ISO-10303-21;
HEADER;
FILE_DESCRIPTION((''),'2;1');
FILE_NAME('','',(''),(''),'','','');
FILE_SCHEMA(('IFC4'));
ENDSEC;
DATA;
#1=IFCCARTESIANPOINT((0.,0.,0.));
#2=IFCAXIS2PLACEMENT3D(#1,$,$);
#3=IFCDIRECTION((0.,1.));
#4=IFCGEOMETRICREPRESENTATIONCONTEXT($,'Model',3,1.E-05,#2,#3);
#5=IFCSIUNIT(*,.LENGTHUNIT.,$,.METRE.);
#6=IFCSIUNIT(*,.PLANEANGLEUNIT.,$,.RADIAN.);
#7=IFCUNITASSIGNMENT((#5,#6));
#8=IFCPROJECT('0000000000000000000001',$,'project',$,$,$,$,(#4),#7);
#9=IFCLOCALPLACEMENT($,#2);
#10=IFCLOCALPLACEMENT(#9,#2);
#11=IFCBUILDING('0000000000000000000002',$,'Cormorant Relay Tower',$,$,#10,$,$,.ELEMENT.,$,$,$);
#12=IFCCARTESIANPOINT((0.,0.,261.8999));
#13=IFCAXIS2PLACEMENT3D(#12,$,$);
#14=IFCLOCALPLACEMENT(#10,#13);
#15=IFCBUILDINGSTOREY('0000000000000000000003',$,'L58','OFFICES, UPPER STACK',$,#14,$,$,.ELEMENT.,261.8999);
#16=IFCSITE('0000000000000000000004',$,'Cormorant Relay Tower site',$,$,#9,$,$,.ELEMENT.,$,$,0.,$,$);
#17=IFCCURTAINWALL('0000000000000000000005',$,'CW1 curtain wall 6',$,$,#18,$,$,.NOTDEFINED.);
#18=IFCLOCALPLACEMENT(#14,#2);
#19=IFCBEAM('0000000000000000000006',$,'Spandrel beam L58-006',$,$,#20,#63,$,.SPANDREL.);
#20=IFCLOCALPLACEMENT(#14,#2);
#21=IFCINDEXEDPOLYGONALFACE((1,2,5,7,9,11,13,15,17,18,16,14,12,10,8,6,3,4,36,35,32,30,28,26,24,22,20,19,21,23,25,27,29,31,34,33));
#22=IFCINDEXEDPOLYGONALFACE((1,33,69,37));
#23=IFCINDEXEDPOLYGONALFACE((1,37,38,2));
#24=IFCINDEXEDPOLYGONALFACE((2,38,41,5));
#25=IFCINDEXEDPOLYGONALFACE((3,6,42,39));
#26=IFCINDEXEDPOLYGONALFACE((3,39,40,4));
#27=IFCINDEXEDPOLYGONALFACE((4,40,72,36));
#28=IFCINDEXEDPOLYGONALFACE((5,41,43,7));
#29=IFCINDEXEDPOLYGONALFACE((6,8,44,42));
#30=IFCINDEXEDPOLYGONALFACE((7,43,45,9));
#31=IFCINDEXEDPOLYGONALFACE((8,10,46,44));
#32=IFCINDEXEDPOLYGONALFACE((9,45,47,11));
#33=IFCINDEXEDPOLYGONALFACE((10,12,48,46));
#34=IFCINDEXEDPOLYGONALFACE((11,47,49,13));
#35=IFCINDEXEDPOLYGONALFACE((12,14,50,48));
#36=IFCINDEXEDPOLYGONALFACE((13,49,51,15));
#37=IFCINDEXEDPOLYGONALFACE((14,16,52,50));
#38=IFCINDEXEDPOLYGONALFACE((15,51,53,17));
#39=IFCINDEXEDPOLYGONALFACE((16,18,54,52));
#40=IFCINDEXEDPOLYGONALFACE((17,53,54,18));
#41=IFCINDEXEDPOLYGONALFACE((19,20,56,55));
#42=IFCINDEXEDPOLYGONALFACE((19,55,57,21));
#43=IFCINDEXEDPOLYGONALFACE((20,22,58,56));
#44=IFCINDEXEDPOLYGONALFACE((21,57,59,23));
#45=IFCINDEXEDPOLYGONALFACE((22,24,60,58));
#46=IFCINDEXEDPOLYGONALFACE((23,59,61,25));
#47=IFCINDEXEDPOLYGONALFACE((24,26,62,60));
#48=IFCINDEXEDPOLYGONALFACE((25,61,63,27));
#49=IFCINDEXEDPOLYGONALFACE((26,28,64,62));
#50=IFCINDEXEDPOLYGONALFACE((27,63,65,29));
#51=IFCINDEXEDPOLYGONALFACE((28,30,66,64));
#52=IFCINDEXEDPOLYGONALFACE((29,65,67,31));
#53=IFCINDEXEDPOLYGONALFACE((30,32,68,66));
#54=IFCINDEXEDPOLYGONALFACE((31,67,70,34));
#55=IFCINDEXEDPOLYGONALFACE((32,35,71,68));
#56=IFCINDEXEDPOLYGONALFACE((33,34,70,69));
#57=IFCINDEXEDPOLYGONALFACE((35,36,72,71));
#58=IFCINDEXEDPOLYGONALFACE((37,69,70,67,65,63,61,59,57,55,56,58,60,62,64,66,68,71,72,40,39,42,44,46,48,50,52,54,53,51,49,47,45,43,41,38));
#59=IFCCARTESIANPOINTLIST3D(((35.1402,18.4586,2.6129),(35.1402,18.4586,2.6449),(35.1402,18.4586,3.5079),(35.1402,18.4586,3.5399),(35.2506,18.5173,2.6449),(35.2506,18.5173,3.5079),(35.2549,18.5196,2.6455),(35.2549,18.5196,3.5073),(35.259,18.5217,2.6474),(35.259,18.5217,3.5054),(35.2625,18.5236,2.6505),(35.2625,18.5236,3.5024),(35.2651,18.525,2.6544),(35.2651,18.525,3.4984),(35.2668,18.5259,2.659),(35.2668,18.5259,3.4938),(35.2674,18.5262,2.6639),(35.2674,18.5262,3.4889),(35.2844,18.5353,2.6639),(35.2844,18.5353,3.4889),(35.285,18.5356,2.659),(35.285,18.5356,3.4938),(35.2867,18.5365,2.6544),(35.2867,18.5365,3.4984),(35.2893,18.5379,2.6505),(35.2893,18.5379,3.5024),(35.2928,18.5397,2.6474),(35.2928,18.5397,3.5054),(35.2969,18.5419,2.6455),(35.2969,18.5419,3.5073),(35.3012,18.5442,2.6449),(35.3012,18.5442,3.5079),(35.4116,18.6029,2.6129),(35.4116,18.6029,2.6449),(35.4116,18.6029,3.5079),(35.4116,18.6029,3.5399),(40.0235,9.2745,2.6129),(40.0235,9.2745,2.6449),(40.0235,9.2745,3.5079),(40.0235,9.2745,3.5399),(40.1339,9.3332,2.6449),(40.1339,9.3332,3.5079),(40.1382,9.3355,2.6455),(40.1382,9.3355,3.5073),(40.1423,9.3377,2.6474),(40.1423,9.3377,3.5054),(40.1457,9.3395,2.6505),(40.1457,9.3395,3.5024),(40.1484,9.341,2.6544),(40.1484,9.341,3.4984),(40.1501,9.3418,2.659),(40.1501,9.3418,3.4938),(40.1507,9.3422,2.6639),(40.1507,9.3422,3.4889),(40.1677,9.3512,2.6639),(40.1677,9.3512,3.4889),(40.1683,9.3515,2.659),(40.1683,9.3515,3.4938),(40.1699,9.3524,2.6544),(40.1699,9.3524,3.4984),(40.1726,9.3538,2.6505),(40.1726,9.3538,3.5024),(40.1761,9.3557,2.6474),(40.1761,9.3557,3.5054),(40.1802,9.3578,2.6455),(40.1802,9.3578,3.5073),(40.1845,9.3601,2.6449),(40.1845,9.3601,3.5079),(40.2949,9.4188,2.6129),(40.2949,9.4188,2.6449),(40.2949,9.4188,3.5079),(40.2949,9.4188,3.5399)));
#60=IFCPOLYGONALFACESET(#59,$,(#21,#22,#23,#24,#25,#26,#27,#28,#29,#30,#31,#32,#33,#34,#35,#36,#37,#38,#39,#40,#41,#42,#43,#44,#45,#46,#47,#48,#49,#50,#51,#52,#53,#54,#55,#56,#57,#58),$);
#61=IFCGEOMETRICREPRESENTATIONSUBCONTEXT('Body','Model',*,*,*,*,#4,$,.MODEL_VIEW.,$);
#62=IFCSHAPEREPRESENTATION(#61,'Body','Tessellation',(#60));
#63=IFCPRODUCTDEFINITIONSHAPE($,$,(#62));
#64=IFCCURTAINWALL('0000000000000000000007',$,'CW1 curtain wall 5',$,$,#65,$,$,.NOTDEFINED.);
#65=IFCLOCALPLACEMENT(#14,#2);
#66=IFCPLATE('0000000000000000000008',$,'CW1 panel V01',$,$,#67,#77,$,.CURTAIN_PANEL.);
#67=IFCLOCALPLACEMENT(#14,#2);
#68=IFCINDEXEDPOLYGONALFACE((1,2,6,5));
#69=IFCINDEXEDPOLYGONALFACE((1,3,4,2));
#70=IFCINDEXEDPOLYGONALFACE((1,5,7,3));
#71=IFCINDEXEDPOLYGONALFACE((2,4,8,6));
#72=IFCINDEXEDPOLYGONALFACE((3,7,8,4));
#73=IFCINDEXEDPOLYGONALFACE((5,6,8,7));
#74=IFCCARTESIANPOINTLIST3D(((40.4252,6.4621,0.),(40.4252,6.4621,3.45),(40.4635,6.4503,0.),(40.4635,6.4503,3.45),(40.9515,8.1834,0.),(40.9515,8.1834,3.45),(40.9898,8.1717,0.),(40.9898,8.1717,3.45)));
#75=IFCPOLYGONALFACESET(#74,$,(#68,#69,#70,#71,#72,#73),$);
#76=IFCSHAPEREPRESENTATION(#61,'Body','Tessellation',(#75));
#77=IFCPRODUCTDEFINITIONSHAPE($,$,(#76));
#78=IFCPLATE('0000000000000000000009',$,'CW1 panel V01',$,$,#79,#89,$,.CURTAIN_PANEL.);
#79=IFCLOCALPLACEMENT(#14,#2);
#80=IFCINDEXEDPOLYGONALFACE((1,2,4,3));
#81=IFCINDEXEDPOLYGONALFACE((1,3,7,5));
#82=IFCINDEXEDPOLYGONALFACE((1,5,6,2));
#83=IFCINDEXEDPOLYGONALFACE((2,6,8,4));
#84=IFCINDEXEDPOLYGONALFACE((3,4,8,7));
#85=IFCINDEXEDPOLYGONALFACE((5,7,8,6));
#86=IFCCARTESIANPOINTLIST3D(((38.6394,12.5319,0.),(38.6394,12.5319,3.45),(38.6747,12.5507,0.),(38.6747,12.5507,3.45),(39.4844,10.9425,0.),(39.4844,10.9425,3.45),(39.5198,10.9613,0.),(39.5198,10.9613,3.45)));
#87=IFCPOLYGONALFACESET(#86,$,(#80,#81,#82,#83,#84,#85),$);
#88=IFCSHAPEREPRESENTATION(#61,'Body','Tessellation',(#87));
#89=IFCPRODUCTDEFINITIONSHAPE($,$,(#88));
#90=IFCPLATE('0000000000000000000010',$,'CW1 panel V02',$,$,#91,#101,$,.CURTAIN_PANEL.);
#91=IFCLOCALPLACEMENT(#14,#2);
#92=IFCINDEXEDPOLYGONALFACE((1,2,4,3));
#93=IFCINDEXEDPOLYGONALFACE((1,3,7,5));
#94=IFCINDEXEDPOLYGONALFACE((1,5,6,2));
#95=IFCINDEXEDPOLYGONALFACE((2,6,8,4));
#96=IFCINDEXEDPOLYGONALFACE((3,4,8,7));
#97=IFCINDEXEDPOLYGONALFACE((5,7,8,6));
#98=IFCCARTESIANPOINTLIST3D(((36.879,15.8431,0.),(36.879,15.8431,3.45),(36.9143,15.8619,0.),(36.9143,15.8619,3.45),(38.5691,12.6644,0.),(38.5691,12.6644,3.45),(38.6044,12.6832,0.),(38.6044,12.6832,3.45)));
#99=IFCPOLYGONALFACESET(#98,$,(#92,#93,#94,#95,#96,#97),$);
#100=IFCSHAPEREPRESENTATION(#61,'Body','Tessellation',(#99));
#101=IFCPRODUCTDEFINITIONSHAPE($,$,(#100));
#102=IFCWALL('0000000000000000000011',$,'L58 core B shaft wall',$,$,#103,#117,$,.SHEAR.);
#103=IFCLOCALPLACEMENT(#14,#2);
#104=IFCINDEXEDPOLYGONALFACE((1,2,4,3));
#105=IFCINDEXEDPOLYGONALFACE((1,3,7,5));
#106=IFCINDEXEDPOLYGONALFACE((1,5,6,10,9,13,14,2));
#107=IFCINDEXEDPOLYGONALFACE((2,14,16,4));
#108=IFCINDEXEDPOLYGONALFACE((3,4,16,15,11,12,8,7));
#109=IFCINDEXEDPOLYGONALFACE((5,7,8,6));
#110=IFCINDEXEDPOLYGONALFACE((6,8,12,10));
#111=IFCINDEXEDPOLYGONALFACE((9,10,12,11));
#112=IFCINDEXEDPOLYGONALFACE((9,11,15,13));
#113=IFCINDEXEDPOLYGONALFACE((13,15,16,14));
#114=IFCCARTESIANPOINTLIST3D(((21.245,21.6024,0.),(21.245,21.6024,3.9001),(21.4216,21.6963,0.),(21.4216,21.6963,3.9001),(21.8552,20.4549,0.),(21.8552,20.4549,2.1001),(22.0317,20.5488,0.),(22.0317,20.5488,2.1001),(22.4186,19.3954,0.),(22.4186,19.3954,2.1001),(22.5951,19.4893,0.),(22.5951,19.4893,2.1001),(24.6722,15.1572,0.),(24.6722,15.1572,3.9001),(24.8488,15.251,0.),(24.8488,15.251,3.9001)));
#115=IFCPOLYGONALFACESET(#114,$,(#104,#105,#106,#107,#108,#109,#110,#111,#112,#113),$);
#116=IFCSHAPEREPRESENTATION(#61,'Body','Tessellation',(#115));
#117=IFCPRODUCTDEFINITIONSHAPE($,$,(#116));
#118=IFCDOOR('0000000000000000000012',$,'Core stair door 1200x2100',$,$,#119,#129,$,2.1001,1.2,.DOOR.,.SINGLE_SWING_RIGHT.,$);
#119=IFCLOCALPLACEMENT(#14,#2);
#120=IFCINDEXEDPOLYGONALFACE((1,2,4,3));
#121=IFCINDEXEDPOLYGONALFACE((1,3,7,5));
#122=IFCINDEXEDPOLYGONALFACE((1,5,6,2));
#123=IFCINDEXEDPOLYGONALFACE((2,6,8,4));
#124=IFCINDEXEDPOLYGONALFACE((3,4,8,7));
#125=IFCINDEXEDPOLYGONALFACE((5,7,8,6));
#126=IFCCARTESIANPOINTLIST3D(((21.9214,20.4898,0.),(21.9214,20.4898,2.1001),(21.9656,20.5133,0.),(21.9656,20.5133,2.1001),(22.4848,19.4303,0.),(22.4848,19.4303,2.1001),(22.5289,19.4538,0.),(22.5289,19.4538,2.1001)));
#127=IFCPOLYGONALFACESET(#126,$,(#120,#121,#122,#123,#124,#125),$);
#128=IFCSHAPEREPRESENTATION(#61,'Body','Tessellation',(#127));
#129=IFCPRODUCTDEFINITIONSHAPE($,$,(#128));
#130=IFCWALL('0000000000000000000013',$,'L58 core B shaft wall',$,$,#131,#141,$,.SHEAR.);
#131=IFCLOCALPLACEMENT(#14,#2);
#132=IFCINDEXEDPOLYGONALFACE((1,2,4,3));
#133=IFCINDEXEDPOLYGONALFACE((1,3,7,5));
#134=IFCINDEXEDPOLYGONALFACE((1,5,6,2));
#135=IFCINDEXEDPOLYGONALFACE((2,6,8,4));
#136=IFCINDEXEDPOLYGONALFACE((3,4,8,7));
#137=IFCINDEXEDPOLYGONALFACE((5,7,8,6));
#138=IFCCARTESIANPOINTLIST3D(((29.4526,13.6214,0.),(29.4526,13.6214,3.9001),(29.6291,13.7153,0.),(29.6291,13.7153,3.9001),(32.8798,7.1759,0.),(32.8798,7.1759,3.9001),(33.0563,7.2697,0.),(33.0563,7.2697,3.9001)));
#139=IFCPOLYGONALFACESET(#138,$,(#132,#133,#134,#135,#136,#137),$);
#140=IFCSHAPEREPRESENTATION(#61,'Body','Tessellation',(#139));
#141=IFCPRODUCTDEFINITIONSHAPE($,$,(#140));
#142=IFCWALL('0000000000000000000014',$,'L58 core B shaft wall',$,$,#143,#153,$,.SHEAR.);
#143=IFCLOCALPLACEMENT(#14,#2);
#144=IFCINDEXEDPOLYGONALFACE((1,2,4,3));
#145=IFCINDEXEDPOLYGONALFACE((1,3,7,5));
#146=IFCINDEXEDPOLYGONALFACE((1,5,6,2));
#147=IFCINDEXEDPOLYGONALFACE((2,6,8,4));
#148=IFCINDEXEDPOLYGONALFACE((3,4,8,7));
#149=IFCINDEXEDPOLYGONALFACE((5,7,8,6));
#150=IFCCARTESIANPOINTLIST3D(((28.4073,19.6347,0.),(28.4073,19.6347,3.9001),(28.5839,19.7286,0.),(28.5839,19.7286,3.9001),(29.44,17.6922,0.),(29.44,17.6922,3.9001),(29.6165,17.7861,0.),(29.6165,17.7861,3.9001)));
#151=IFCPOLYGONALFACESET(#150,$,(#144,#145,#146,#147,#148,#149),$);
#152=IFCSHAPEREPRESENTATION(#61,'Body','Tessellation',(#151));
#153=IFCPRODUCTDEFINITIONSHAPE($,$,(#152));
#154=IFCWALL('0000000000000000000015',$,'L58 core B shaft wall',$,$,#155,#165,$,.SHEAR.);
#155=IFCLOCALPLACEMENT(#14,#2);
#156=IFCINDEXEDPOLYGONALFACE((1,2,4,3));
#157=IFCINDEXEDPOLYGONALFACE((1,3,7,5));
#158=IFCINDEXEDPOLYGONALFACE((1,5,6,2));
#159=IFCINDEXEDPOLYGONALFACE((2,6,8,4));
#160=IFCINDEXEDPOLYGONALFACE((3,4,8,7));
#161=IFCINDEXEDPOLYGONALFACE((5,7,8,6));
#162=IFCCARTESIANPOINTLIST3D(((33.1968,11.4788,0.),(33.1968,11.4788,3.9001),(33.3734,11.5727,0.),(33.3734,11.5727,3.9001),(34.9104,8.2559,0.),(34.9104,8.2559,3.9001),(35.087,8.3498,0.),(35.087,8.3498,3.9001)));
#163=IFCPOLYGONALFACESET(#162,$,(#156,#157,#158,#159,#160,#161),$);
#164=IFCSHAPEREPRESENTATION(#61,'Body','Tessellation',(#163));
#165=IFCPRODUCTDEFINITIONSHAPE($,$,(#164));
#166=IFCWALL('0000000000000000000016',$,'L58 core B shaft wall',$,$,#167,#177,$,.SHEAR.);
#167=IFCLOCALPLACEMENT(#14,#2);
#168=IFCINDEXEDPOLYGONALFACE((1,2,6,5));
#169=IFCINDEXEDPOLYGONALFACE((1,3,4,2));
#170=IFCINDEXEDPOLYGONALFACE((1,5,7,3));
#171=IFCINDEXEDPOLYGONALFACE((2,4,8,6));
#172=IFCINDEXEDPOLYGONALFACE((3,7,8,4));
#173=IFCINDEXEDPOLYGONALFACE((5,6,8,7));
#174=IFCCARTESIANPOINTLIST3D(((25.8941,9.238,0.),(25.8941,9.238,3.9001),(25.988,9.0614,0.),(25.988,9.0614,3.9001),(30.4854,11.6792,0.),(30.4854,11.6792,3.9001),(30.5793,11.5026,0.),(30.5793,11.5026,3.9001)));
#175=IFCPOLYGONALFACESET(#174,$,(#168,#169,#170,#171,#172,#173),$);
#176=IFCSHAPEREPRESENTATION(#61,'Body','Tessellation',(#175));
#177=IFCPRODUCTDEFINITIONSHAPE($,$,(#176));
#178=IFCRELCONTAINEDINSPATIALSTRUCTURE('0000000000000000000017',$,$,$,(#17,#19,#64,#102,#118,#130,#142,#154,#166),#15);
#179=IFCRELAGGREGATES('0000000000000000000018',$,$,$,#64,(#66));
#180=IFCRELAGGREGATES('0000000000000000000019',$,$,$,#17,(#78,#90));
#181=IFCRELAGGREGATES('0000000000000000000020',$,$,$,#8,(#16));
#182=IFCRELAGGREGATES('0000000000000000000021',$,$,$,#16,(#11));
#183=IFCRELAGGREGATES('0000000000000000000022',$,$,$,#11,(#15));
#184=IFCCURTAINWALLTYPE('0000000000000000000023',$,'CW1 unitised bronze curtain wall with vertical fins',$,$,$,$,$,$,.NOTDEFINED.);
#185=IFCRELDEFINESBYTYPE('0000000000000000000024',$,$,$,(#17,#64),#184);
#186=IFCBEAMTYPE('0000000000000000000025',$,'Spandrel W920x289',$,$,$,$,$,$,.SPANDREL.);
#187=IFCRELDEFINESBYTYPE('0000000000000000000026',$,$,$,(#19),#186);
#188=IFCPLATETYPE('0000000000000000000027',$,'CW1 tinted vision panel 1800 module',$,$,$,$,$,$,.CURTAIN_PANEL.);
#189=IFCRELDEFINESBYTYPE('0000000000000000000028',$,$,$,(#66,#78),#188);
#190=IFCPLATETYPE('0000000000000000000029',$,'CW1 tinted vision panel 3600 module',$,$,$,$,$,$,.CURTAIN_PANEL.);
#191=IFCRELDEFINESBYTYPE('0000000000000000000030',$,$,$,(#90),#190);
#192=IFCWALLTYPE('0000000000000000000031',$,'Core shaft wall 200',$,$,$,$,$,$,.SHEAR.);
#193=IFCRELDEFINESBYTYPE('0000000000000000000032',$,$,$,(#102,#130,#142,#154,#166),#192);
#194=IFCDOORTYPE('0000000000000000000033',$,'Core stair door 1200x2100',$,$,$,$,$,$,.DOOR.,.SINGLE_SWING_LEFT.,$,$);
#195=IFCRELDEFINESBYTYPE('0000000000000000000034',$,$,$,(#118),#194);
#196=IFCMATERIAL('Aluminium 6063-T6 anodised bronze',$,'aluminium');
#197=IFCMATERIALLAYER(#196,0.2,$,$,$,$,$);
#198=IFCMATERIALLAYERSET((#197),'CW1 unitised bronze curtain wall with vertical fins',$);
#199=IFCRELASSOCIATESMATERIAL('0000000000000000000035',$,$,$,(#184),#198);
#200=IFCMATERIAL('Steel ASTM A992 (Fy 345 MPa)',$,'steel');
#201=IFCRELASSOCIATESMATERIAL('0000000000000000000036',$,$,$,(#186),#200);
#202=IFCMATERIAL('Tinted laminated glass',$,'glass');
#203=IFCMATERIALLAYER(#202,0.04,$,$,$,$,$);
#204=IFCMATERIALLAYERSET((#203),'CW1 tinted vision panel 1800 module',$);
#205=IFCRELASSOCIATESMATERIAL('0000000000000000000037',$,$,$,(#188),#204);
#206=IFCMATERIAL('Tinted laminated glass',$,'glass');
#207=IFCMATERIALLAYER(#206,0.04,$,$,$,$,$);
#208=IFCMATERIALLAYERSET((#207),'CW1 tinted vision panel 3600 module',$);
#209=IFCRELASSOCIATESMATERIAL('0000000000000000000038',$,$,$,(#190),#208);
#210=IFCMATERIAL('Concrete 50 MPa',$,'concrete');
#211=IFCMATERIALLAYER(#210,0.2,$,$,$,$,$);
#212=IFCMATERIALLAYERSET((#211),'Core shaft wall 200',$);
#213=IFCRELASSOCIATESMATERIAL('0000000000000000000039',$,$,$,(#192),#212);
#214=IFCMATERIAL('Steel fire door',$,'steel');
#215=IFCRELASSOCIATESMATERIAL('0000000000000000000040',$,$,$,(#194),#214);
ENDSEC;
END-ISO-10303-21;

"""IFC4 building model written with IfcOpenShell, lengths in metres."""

from ifc_helpers import new_model, si_unit, direction, frame, frame_2d, origin, origin_2d, place, context, subcontext, project, spatial, rectangle, i_section, extrude, material, layer, layer_set, material_profile, profile_set, type_object, element, fill, aggregate, save


model = new_model("IFC4")

# Units and contexts
model_context = context("Model", 3, precision=1e-05, world=origin(), true_north=direction((0.0, 1.0)))
body_context = subcontext(model_context, "Body", "Model", "MODEL_VIEW")
ifc_project = project(units=[si_unit("LENGTHUNIT", "METRE"), si_unit("PLANEANGLEUNIT", "RADIAN")], contexts=[model_context])

# Site, building, storey
site_placement = place(None, origin())
site = spatial("IfcSite", under=ifc_project, at=site_placement, Name="Cormorant Relay Tower site", CompositionType="ELEMENT", RefElevation=0.0)
building_placement = place(site_placement, origin())
building = spatial("IfcBuilding", under=site, at=building_placement, Name="Cormorant Relay Tower", CompositionType="ELEMENT")
storey_placement = place(building_placement, frame((0.0, 0.0, 261.8999)))
storey = spatial("IfcBuildingStorey", under=building, at=storey_placement, Name="L58", Description="OFFICES, UPPER STACK", CompositionType="ELEMENT", Elevation=261.8999)

# Curtain wall
ifc_material_1 = material(Name="Aluminium 6063-T6 anodised bronze", Category="aluminium")
ifc_layer_1 = layer(ifc_material_1, 0.2)
ifc_layer_set_1 = layer_set([ifc_layer_1], Name="CW1 unitised bronze curtain wall with vertical fins")
curtain_wall_type = type_object("IfcCurtainWallType", Name="CW1 unitised bronze curtain wall with vertical fins", PredefinedType="NOTDEFINED", material=ifc_layer_set_1)
curtain_wall_1_placement = place(storey_placement, origin())
curtain_wall_1 = element("IfcCurtainWall", 1, at=curtain_wall_1_placement, inside=storey, type_object=curtain_wall_type, Name="CW1 curtain wall 6", PredefinedType="NOTDEFINED")

# Beam
ifc_material_2 = material(Name="Steel ASTM A992 (Fy 345 MPa)", Category="steel")
ifc_material_profile_1 = material_profile(ifc_material_2, i_section(OverallWidth=0.3074, OverallDepth=0.927, WebThickness=0.0193, FlangeThickness=0.032, FilletRadius=0.019, at=origin_2d()), Name="W920x289")
ifc_profile_set_1 = profile_set([ifc_material_profile_1], Name="Steel ASTM A992 (Fy 345 MPa)")
beam_type = type_object("IfcBeamType", Name="Spandrel W920x289", PredefinedType="SPANDREL", material=ifc_profile_set_1)
beam_placement = place(storey_placement, frame((40.1592, 9.3467, 3.0764), z_axis=(-0.469474, 0.882946, 0.0), x_axis=(-0.882946, -0.469474, 0.0)))
element("IfcBeam", 2, at=beam_placement, inside=storey, type_object=beam_type, Name="Spandrel beam L58-006", PredefinedType="SPANDREL", context=body_context, shape_type="SweptSolid", body=[
    extrude(i_section(OverallWidth=0.3074, OverallDepth=0.927, WebThickness=0.0193, FlangeThickness=0.032, FilletRadius=0.019, at=origin_2d()), origin(), (0.0, 0.0, 1.0), 10.4016),
])

# Curtain wall, plate
curtain_wall_2_placement = place(storey_placement, origin())
curtain_wall_2 = element("IfcCurtainWall", 3, at=curtain_wall_2_placement, inside=storey, type_object=curtain_wall_type, Name="CW1 curtain wall 5", PredefinedType="NOTDEFINED")
ifc_material_3 = material(Name="Tinted laminated glass", Category="glass")
ifc_layer_2 = layer(ifc_material_3, 0.04)
ifc_layer_set_2 = layer_set([ifc_layer_2], Name="CW1 tinted vision panel 1800 module")
plate_type_1 = type_object("IfcPlateType", Name="CW1 tinted vision panel 1800 module", PredefinedType="CURTAIN_PANEL", material=ifc_layer_set_2)
plate_1_placement = place(storey_placement, frame((40.7075, 7.3169, 0.0), z_axis=(0.0, 0.0, 1.0), x_axis=(0.292372, 0.956305, 0.0)))
plate_1 = element("IfcPlate", 4, at=plate_1_placement, type_object=plate_type_1, Name="CW1 panel V01", PredefinedType="CURTAIN_PANEL", context=body_context, shape_type="SweptSolid", body=[
    extrude(rectangle(XDim=1.8, YDim=0.04, at=origin_2d()), origin(), (0.0, 0.0, 1.0), 3.45),
])

# Plates
plate_2_placement = place(storey_placement, frame((39.0796, 11.7466, 0.0), z_axis=(0.0, 0.0, 1.0), x_axis=(-0.469472, 0.882948, 0.0)))
plate_2 = element("IfcPlate", 5, at=plate_2_placement, type_object=plate_type_1, Name="CW1 panel V01", PredefinedType="CURTAIN_PANEL", context=body_context, shape_type="SweptSolid", body=[
    extrude(rectangle(XDim=1.8, YDim=0.04, at=origin_2d()), origin(), (0.0, 0.0, 1.0), 3.45),
])
ifc_material_4 = material(Name="Tinted laminated glass", Category="glass")
ifc_layer_3 = layer(ifc_material_4, 0.04)
ifc_layer_set_3 = layer_set([ifc_layer_3], Name="CW1 tinted vision panel 3600 module")
plate_type_2 = type_object("IfcPlateType", Name="CW1 tinted vision panel 3600 module", PredefinedType="CURTAIN_PANEL", material=ifc_layer_set_3)
plate_3_placement = place(storey_placement, frame((37.7417, 14.2632, 0.0), z_axis=(0.0, 0.0, 1.0), x_axis=(-0.469472, 0.882948, 0.0)))
plate_3 = element("IfcPlate", 6, at=plate_3_placement, type_object=plate_type_2, Name="CW1 panel V02", PredefinedType="CURTAIN_PANEL", context=body_context, shape_type="SweptSolid", body=[
    extrude(rectangle(XDim=3.6001, YDim=0.04, at=origin_2d()), origin(), (0.0, 0.0, 1.0), 3.45),
])

# Wall, opening, door
ifc_material_5 = material(Name="Concrete 50 MPa", Category="concrete")
ifc_layer_4 = layer(ifc_material_5, 0.2)
ifc_layer_set_4 = layer_set([ifc_layer_4], Name="Core shaft wall 200")
wall_type_1 = type_object("IfcWallType", Name="Core shaft wall 200", PredefinedType="SHEAR", material=ifc_layer_set_4)
wall_1_placement = place(storey_placement, frame((24.7605, 15.2041, 0.0), z_axis=(0.0, 0.0, 1.0), x_axis=(-0.469494, 0.882936, 0.0)))
wall_1 = element("IfcWall", 7, at=wall_1_placement, inside=storey, type_object=wall_type_1, Name="L58 core B shaft wall", PredefinedType="SHEAR", context=body_context, shape_type="SweptSolid", body=[
    extrude(rectangle(XDim=7.2998, YDim=0.2, at=frame_2d((3.6499, 0.0))), origin(), (0.0, 0.0, 1.0), 3.9001),
])
opening_1_placement = place(wall_1_placement, frame((4.8, 0.0, 0.0)))
opening_1 = element("IfcOpeningElement", 8, at=opening_1_placement, cuts=wall_1, PredefinedType="OPENING", context=body_context, shape_type="SweptSolid", body=[
    extrude(rectangle(XDim=1.2, YDim=2.1001, at=frame_2d((0.6001, 1.05))), frame((0.0, 0.1099, 0.0), z_axis=(0.0, -1.0, 0.0), x_axis=(1.0, 0.0, 0.0)), (0.0, 0.0, 1.0), 0.22),
])
ifc_material_6 = material(Name="Steel fire door", Category="steel")
door_type_1 = type_object("IfcDoorType", Name="Core stair door 1200x2100", OperationType="SINGLE_SWING_LEFT", PredefinedType="DOOR", material=ifc_material_6)
door_1_placement = place(opening_1_placement, frame((1.2, 0.0, 0.0), z_axis=(0.0, 0.0, 1.0), x_axis=(-1.0, 0.0, 0.0)))
door_1 = element("IfcDoor", 9, at=door_1_placement, inside=storey, type_object=door_type_1, Name="Core stair door 1200x2100", OperationType="SINGLE_SWING_RIGHT", OverallHeight=2.1001, OverallWidth=1.2, PredefinedType="DOOR", context=body_context, shape_type="SweptSolid", body=[
    extrude(rectangle(XDim=1.2, YDim=2.1001, at=frame_2d((0.6001, 1.05))), frame((0.0, 0.0249, 0.0), z_axis=(0.0, -1.0, 0.0), x_axis=(1.0, 0.0, 0.0)), (0.0, 0.0, 1.0), 0.05),
])
fill(opening_1, door_1)

# Walls
wall_2_placement = place(storey_placement, frame((32.968, 7.2229, 0.0), z_axis=(0.0, 0.0, 1.0), x_axis=(-0.46948, 0.882943, 0.0)))
element("IfcWall", 10, at=wall_2_placement, inside=storey, type_object=wall_type_1, Name="L58 core B shaft wall", PredefinedType="SHEAR", context=body_context, shape_type="SweptSolid", body=[
    extrude(rectangle(XDim=7.3, YDim=0.2, at=frame_2d((3.6499, 0.0))), origin(), (0.0, 0.0, 1.0), 3.9001),
])
wall_3_placement = place(storey_placement, frame((29.5283, 17.739, 0.0), z_axis=(0.0, 0.0, 1.0), x_axis=(-0.469401, 0.882985, 0.0)))
element("IfcWall", 11, at=wall_3_placement, inside=storey, type_object=wall_type_1, Name="L58 core B shaft wall", PredefinedType="SHEAR", context=body_context, shape_type="SweptSolid", body=[
    extrude(rectangle(XDim=2.2, YDim=0.2, at=frame_2d((1.1001, 0.0))), origin(), (0.0, 0.0, 1.0), 3.9001),
])
wall_4_placement = place(storey_placement, frame((34.9988, 8.3027, 0.0), z_axis=(0.0, 0.0, 1.0), x_axis=(-0.469467, 0.88295, 0.0)))
element("IfcWall", 12, at=wall_4_placement, inside=storey, type_object=wall_type_1, Name="L58 core B shaft wall", PredefinedType="SHEAR", context=body_context, shape_type="SweptSolid", body=[
    extrude(rectangle(XDim=3.6501, YDim=0.2, at=frame_2d((1.8252, 0.0))), origin(), (0.0, 0.0, 1.0), 3.9001),
])

# Wall
wall_5_placement = place(storey_placement, frame((25.9409, 9.1497, 0.0), z_axis=(0.0, 0.0, 1.0), x_axis=(0.882954, 0.46946, 0.0)))
element("IfcWall", 13, at=wall_5_placement, inside=storey, type_object=wall_type_1, Name="L58 core B shaft wall", PredefinedType="SHEAR", context=body_context, shape_type="SweptSolid", body=[
    extrude(rectangle(XDim=5.2, YDim=0.2, at=frame_2d((2.6001, 0.0))), origin(), (0.0, 0.0, 1.0), 3.9001),
])

aggregate(curtain_wall_2, [plate_1])
aggregate(curtain_wall_1, [plate_2, plate_3])

save(model, "model.ifc")
